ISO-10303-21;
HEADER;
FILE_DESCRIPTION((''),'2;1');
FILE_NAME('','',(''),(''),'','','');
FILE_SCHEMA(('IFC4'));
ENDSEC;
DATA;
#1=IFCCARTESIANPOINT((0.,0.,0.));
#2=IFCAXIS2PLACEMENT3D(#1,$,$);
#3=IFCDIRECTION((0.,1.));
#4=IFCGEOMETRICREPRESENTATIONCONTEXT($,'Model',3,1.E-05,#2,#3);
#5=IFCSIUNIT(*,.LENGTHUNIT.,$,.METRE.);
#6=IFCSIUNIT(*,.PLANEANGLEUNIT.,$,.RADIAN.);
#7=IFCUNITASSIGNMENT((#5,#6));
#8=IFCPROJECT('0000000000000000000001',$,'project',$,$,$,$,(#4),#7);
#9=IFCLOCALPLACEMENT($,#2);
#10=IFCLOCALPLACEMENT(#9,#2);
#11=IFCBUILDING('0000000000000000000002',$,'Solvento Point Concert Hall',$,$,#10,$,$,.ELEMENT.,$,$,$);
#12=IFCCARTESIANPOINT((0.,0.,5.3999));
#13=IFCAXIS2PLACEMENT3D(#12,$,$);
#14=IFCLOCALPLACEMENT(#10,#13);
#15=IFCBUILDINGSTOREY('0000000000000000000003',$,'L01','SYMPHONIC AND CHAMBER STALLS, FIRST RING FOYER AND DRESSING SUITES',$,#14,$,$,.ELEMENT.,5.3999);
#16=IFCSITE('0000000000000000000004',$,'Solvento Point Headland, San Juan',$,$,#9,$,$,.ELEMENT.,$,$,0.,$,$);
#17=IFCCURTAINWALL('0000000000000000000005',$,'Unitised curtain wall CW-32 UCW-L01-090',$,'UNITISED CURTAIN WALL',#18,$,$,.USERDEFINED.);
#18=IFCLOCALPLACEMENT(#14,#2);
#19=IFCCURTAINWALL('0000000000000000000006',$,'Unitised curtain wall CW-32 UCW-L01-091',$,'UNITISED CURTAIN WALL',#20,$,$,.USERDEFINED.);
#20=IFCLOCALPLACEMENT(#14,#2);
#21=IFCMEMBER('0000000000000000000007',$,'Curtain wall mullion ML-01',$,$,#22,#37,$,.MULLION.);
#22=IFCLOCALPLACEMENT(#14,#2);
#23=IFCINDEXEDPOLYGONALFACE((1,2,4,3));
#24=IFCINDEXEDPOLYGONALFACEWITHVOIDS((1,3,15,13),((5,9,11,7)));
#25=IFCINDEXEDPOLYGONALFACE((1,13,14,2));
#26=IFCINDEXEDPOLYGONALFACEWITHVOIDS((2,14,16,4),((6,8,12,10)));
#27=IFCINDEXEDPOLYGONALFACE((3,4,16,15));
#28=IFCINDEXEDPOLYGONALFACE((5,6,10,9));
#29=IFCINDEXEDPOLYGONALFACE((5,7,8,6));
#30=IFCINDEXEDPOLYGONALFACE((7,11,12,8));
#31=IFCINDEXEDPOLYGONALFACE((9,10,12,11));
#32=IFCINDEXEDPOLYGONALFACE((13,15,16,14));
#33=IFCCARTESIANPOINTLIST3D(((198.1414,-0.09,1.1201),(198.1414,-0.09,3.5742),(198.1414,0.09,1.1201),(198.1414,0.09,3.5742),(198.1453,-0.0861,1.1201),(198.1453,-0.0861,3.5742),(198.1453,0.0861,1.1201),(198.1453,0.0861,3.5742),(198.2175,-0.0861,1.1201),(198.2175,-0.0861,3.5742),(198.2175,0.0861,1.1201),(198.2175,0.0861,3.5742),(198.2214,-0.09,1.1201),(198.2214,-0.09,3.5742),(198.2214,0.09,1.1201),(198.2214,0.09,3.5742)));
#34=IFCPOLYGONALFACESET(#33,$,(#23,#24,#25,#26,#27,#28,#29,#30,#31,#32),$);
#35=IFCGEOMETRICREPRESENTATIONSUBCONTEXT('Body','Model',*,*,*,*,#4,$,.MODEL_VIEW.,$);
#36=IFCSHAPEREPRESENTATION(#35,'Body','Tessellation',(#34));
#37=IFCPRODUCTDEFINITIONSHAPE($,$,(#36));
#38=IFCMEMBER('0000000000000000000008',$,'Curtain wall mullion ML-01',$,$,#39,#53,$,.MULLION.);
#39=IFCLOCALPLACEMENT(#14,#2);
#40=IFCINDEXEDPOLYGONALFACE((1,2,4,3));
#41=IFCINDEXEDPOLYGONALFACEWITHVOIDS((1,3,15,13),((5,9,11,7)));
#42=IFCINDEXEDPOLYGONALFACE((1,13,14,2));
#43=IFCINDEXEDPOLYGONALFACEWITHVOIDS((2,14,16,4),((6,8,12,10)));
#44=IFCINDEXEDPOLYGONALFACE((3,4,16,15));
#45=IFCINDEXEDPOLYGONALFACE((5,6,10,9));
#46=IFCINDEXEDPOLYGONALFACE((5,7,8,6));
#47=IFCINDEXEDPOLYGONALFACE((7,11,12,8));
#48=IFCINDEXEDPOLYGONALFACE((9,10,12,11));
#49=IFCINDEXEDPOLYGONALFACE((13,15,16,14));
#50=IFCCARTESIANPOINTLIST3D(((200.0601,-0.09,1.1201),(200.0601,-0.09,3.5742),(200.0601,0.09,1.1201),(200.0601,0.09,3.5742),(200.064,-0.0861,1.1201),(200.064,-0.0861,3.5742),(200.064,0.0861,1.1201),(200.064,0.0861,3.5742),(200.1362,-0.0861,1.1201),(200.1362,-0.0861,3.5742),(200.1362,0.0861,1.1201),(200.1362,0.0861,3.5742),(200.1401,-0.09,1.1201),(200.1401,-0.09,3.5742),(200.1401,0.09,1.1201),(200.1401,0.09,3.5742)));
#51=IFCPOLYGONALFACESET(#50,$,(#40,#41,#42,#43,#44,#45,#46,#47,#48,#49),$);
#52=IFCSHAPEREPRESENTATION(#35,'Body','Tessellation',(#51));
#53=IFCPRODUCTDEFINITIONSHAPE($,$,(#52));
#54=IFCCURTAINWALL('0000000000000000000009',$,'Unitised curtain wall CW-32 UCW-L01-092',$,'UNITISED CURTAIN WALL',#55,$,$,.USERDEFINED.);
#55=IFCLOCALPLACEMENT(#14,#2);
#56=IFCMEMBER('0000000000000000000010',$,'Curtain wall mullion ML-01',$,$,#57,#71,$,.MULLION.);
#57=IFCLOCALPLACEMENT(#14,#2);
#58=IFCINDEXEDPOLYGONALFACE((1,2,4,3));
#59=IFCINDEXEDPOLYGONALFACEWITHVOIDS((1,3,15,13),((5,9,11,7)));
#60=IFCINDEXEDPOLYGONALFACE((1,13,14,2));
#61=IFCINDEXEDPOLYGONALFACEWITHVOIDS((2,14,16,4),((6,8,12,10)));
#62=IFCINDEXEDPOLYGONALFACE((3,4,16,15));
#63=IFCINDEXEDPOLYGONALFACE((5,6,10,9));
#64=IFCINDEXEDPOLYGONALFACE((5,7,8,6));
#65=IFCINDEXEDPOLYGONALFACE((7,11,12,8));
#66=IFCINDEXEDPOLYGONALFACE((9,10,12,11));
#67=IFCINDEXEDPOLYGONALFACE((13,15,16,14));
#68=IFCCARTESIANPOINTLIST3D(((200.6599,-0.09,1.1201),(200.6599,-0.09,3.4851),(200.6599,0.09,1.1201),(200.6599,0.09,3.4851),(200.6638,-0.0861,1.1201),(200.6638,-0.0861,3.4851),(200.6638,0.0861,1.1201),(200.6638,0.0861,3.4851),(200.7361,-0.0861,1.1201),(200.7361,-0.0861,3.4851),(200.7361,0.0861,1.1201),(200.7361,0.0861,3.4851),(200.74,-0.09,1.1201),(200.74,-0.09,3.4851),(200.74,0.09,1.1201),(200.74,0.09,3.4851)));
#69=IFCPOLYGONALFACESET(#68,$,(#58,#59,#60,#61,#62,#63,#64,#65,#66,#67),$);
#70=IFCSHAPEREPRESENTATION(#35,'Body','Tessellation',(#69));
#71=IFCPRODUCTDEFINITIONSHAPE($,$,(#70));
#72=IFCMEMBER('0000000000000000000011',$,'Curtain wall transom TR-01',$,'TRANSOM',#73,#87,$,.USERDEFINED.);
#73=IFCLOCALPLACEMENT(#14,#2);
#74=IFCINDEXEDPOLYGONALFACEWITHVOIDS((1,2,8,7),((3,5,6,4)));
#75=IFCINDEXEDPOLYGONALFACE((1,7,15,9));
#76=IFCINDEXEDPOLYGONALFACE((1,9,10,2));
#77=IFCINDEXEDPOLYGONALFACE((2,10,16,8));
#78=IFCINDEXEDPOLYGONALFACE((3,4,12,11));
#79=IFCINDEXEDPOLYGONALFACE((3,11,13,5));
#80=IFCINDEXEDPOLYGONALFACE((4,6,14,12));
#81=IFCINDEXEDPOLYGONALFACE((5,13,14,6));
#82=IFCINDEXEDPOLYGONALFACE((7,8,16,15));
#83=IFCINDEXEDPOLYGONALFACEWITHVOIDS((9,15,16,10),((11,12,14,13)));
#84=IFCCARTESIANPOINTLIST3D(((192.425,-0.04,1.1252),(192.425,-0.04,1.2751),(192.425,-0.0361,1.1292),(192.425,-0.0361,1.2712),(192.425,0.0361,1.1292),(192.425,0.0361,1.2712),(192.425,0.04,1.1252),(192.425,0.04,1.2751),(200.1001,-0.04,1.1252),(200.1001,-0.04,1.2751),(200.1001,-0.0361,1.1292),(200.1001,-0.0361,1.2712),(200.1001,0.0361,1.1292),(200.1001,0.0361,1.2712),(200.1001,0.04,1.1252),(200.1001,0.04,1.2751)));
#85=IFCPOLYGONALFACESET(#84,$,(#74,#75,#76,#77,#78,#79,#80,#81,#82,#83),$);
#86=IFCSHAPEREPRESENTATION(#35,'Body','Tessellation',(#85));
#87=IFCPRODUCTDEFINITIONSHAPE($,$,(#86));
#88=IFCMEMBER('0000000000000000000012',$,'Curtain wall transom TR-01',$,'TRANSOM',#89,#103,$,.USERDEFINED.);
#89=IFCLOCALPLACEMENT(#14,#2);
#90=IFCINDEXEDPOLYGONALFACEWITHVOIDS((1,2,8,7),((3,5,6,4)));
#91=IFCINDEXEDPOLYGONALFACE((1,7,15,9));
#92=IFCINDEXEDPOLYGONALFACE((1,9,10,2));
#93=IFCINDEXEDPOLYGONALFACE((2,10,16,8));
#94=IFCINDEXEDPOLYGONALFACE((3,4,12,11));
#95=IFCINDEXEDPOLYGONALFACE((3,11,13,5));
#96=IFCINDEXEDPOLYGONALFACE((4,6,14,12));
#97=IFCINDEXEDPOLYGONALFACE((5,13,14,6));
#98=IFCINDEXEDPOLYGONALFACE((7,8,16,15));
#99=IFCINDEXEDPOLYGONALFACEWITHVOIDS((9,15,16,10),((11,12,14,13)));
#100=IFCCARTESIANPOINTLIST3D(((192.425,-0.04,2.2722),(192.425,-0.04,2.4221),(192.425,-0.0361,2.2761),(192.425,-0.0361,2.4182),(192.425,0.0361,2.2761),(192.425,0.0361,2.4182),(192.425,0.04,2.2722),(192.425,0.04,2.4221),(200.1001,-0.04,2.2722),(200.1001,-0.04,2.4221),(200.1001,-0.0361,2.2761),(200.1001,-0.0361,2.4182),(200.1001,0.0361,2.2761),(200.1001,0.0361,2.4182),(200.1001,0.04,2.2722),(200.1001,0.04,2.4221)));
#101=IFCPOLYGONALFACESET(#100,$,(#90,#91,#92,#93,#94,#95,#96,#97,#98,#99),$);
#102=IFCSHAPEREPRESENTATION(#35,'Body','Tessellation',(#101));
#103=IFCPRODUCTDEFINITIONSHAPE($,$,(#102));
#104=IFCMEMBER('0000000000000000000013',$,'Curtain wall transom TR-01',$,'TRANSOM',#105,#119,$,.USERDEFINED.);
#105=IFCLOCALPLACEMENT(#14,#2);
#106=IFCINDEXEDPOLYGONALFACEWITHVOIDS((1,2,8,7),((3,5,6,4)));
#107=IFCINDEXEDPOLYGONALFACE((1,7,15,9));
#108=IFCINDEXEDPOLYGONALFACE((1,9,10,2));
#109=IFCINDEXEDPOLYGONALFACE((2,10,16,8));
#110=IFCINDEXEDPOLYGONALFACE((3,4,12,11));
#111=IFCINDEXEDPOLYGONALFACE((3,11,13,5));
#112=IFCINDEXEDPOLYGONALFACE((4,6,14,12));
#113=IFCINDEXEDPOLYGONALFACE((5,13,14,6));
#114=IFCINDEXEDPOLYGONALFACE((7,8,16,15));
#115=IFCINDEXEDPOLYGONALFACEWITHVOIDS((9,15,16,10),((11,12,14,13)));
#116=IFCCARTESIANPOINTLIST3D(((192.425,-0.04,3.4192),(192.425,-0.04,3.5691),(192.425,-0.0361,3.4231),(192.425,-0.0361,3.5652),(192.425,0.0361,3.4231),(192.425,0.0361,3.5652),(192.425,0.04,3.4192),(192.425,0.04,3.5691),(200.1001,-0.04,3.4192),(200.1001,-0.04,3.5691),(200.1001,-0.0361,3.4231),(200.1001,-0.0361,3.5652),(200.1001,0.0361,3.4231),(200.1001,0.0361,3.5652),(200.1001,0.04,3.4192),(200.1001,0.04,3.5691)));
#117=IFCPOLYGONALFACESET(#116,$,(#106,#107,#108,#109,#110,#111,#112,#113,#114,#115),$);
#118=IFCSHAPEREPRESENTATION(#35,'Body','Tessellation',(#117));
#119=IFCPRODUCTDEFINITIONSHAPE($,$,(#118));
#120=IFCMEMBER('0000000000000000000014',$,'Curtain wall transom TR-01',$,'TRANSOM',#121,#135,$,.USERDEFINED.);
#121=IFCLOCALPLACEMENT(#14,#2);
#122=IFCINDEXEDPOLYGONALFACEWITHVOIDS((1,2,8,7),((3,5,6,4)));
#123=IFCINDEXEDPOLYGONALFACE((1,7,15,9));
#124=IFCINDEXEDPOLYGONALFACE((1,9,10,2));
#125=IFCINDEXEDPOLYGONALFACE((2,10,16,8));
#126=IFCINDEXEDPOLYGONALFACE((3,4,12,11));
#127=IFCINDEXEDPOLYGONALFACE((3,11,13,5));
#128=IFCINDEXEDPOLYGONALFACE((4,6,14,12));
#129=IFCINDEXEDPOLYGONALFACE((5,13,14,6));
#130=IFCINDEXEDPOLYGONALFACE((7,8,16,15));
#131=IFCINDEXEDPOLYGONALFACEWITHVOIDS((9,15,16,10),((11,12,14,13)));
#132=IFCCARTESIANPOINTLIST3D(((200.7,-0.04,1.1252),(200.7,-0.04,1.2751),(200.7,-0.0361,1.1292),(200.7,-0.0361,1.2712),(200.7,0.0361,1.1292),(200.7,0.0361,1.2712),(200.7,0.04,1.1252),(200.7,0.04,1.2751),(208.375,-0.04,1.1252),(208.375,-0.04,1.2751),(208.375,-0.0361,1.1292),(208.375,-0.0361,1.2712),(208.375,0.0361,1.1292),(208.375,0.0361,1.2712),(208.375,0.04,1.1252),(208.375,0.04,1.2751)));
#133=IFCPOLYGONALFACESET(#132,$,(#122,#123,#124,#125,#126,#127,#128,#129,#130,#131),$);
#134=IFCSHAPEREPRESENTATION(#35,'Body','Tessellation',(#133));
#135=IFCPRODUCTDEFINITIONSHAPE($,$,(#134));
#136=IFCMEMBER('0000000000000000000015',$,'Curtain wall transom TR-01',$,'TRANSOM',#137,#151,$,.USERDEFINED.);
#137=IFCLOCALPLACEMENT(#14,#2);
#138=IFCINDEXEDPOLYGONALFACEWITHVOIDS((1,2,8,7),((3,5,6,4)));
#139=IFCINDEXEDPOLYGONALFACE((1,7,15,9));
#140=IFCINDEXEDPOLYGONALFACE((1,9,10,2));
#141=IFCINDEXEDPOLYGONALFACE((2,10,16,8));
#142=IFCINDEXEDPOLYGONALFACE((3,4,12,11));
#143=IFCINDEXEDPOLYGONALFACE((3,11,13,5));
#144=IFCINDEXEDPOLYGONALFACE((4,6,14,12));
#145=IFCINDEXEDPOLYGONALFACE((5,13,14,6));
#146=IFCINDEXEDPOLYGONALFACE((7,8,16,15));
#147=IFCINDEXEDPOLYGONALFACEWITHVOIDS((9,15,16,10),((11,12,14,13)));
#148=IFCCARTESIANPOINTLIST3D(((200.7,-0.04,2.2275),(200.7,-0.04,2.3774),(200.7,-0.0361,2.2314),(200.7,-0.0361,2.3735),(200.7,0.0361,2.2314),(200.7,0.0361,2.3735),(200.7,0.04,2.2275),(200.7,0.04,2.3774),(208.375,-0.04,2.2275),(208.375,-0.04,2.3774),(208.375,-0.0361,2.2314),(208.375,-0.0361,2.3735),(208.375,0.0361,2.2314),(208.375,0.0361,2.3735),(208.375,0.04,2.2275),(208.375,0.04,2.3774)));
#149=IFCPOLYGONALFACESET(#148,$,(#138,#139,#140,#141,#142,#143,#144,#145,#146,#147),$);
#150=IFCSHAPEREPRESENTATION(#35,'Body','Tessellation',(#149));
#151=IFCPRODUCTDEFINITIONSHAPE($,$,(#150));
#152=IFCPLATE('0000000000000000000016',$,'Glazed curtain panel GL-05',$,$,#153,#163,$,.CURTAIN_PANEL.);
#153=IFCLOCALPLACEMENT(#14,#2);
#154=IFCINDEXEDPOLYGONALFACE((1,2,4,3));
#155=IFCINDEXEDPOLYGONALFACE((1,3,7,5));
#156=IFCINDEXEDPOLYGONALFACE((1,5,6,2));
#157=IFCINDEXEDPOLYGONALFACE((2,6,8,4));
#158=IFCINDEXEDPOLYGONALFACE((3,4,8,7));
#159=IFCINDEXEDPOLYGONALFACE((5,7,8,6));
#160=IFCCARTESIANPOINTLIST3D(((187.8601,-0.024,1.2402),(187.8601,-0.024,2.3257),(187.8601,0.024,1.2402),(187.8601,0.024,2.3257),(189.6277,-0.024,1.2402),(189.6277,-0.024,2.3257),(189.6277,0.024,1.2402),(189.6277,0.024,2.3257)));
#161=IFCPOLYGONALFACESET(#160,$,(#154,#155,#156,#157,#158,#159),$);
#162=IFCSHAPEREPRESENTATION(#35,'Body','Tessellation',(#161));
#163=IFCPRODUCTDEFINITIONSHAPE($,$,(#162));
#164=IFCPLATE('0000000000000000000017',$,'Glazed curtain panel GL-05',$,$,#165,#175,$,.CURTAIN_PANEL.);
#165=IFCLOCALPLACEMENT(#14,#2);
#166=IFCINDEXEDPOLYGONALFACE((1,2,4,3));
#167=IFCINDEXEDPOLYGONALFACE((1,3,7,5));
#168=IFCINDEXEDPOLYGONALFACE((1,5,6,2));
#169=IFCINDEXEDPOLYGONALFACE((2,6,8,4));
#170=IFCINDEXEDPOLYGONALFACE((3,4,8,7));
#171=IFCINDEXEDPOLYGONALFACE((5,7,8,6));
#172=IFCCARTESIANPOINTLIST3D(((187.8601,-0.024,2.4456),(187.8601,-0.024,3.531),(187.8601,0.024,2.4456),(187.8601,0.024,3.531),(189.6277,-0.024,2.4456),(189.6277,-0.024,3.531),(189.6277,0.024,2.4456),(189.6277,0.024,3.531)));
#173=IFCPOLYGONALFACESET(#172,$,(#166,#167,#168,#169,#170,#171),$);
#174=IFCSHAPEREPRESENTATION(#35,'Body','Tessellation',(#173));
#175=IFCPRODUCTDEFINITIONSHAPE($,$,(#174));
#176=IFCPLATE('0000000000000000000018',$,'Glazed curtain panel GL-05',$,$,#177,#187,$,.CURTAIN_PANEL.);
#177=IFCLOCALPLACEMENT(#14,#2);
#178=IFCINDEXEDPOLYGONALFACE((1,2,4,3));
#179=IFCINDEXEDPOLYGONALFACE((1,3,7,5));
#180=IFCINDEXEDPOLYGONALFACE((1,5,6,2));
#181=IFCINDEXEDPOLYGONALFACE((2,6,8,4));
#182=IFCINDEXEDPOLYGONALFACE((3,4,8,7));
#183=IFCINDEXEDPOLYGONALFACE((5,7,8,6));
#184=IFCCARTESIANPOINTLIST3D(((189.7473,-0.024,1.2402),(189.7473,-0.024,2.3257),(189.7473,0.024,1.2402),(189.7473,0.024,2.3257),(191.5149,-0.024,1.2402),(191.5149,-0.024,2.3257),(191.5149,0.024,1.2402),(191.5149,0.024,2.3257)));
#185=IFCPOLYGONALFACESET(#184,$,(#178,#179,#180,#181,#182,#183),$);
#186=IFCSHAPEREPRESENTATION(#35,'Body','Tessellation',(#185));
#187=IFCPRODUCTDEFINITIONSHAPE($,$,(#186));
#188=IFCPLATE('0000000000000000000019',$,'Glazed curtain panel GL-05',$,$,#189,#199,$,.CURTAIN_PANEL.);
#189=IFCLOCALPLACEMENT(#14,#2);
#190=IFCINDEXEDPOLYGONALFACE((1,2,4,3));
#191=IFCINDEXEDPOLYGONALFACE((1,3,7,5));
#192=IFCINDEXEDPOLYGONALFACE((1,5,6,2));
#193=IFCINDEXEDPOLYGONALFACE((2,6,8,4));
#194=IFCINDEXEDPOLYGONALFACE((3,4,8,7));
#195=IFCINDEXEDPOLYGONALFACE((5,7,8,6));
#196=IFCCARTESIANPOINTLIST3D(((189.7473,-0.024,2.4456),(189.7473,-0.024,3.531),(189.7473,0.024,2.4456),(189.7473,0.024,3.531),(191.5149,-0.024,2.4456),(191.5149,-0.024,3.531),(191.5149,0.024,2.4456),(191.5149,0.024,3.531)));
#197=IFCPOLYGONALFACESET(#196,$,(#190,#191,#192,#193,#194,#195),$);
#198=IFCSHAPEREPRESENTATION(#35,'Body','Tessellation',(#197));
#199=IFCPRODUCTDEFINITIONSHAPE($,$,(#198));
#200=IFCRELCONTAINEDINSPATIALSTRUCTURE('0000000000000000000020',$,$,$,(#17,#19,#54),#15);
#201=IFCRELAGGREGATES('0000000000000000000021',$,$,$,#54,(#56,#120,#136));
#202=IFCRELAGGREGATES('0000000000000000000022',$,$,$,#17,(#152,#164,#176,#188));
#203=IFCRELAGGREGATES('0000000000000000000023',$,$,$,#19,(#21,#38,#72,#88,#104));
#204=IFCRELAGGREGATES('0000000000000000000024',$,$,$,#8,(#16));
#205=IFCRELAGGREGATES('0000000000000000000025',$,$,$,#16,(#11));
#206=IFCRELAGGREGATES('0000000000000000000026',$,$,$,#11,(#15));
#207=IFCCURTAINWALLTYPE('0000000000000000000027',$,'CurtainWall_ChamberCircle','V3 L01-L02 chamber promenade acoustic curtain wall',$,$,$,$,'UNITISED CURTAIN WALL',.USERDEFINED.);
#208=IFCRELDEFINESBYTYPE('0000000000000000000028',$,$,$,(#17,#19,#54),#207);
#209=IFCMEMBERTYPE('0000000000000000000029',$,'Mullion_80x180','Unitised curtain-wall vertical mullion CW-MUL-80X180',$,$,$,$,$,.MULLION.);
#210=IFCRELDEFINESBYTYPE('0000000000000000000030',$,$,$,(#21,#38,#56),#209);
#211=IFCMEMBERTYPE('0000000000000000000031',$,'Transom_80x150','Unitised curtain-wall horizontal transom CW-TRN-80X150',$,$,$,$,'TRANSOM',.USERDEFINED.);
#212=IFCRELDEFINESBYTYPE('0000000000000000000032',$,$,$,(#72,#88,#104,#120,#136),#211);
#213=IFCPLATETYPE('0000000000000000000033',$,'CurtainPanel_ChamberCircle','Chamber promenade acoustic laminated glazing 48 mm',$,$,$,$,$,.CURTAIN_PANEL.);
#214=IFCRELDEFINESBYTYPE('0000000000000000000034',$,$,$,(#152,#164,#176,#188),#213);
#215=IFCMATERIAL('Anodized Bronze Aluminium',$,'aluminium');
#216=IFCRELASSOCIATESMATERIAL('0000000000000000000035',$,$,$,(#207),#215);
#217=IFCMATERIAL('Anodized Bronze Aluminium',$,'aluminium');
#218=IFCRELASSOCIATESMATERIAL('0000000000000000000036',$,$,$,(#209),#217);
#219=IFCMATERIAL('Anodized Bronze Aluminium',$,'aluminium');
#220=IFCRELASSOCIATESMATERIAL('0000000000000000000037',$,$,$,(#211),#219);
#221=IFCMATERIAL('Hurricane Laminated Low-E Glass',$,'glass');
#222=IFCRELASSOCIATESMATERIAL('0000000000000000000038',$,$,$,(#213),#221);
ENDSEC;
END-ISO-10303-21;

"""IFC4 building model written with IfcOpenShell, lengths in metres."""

from ifc_helpers import new_model, si_unit, direction, frame, origin, origin_2d, place, context, subcontext, project, spatial, rectangle, hollow_rectangle, extrude, material, material_profile, profile_set, type_object, element, aggregate, save


model = new_model("IFC4")

# Units and contexts
model_context = context("Model", 3, precision=1e-05, world=origin(), true_north=direction((0.0, 1.0)))
body_context = subcontext(model_context, "Body", "Model", "MODEL_VIEW")
ifc_project = project(units=[si_unit("LENGTHUNIT", "METRE"), si_unit("PLANEANGLEUNIT", "RADIAN")], contexts=[model_context])

# Site, building, storey
site_placement = place(None, origin())
site = spatial("IfcSite", under=ifc_project, at=site_placement, Name="Solvento Point Headland, San Juan", CompositionType="ELEMENT", RefElevation=0.0)
building_placement = place(site_placement, origin())
building = spatial("IfcBuilding", under=site, at=building_placement, Name="Solvento Point Concert Hall", CompositionType="ELEMENT")
storey_placement = place(building_placement, frame((0.0, 0.0, 5.3999)))
storey = spatial("IfcBuildingStorey", under=building, at=storey_placement, Name="L01", Description="SYMPHONIC AND CHAMBER STALLS, FIRST RING FOYER AND DRESSING SUITES", CompositionType="ELEMENT", Elevation=5.3999)

# Curtain walls, members
ifc_material_1 = material(Name="Anodized Bronze Aluminium", Category="aluminium")
curtain_wall_type = type_object("IfcCurtainWallType", Name="CurtainWall_ChamberCircle", Description="V3 L01-L02 chamber promenade acoustic curtain wall", ElementType="UNITISED CURTAIN WALL", PredefinedType="USERDEFINED", material=ifc_material_1)
curtain_wall_1_placement = place(storey_placement, origin())
curtain_wall_1 = element("IfcCurtainWall", 1, at=curtain_wall_1_placement, inside=storey, type_object=curtain_wall_type, Name="Unitised curtain wall CW-32 UCW-L01-090", ObjectType="UNITISED CURTAIN WALL", PredefinedType="USERDEFINED")
ifc_material_2 = material(Name="Anodized Bronze Aluminium", Category="aluminium")
ifc_material_profile_1 = material_profile(ifc_material_2, hollow_rectangle(XDim=0.0801, YDim=0.1799, WallThickness=0.0039, at=origin_2d()), Name="CW-MUL-80X180")
ifc_profile_set_1 = profile_set([ifc_material_profile_1], Name="Anodized Bronze Aluminium")
member_type_1 = type_object("IfcMemberType", Name="Mullion_80x180", Description="Unitised curtain-wall vertical mullion CW-MUL-80X180", PredefinedType="MULLION", material=ifc_profile_set_1)
curtain_wall_2_placement = place(storey_placement, origin())
curtain_wall_2 = element("IfcCurtainWall", 2, at=curtain_wall_2_placement, inside=storey, type_object=curtain_wall_type, Name="Unitised curtain wall CW-32 UCW-L01-091", ObjectType="UNITISED CURTAIN WALL", PredefinedType="USERDEFINED")
member_1_placement = place(storey_placement, frame((198.1814, 0.0, 1.1201), z_axis=(0.0, 0.0, 1.0), x_axis=(1.0, 0.0, 0.0)))
member_1 = element("IfcMember", 3, at=member_1_placement, type_object=member_type_1, Name="Curtain wall mullion ML-01", PredefinedType="MULLION", context=body_context, shape_type="SweptSolid", body=[
    extrude(hollow_rectangle(XDim=0.0801, YDim=0.1799, WallThickness=0.0039, at=origin_2d()), origin(), (0.0, 0.0, 1.0), 2.4541),
])
member_2_placement = place(storey_placement, frame((200.1001, 0.0, 1.1201), z_axis=(0.0, 0.0, 1.0), x_axis=(1.0, 0.0, 0.0)))
member_2 = element("IfcMember", 4, at=member_2_placement, type_object=member_type_1, Name="Curtain wall mullion ML-01", PredefinedType="MULLION", context=body_context, shape_type="SweptSolid", body=[
    extrude(hollow_rectangle(XDim=0.0801, YDim=0.1799, WallThickness=0.0039, at=origin_2d()), origin(), (0.0, 0.0, 1.0), 2.4541),
])

# Curtain wall, member
curtain_wall_3_placement = place(storey_placement, origin())
curtain_wall_3 = element("IfcCurtainWall", 5, at=curtain_wall_3_placement, inside=storey, type_object=curtain_wall_type, Name="Unitised curtain wall CW-32 UCW-L01-092", ObjectType="UNITISED CURTAIN WALL", PredefinedType="USERDEFINED")
member_3_placement = place(storey_placement, frame((200.7, 0.0, 1.1201), z_axis=(0.0, 0.0, 1.0), x_axis=(1.0, 0.0, 0.0)))
member_3 = element("IfcMember", 6, at=member_3_placement, type_object=member_type_1, Name="Curtain wall mullion ML-01", PredefinedType="MULLION", context=body_context, shape_type="SweptSolid", body=[
    extrude(hollow_rectangle(XDim=0.0801, YDim=0.1799, WallThickness=0.0039, at=origin_2d()), origin(), (0.0, 0.0, 1.0), 2.365),
])

# Members
ifc_material_3 = material(Name="Anodized Bronze Aluminium", Category="aluminium")
ifc_material_profile_2 = material_profile(ifc_material_3, hollow_rectangle(XDim=0.0801, YDim=0.1499, WallThickness=0.0039, at=origin_2d()), Name="CW-TRN-80X150")
ifc_profile_set_2 = profile_set([ifc_material_profile_2], Name="Anodized Bronze Aluminium")
member_type_2 = type_object("IfcMemberType", Name="Transom_80x150", Description="Unitised curtain-wall horizontal transom CW-TRN-80X150", ElementType="TRANSOM", PredefinedType="USERDEFINED", material=ifc_profile_set_2)
member_4_placement = place(storey_placement, frame((192.425, 0.0, 1.2002), z_axis=(1.0, 0.0, 0.0), x_axis=(0.0, 1.0, 0.0)))
member_4 = element("IfcMember", 7, at=member_4_placement, type_object=member_type_2, Name="Curtain wall transom TR-01", ObjectType="TRANSOM", PredefinedType="USERDEFINED", context=body_context, shape_type="SweptSolid", body=[
    extrude(hollow_rectangle(XDim=0.0801, YDim=0.1499, WallThickness=0.0039, at=origin_2d()), origin(), (0.0, 0.0, 1.0), 7.675),
])
member_5_placement = place(storey_placement, frame((192.425, 0.0, 2.3472), z_axis=(1.0, 0.0, 0.0), x_axis=(0.0, 1.0, 0.0)))
member_5 = element("IfcMember", 8, at=member_5_placement, type_object=member_type_2, Name="Curtain wall transom TR-01", ObjectType="TRANSOM", PredefinedType="USERDEFINED", context=body_context, shape_type="SweptSolid", body=[
    extrude(hollow_rectangle(XDim=0.0801, YDim=0.1499, WallThickness=0.0039, at=origin_2d()), origin(), (0.0, 0.0, 1.0), 7.675),
])
member_6_placement = place(storey_placement, frame((192.425, 0.0, 3.4941), z_axis=(1.0, 0.0, 0.0), x_axis=(0.0, 1.0, 0.0)))
member_6 = element("IfcMember", 9, at=member_6_placement, type_object=member_type_2, Name="Curtain wall transom TR-01", ObjectType="TRANSOM", PredefinedType="USERDEFINED", context=body_context, shape_type="SweptSolid", body=[
    extrude(hollow_rectangle(XDim=0.0801, YDim=0.1499, WallThickness=0.0039, at=origin_2d()), origin(), (0.0, 0.0, 1.0), 7.675),
])
member_7_placement = place(storey_placement, frame((200.7, 0.0, 1.2002), z_axis=(1.0, 0.0, 0.0), x_axis=(0.0, 1.0, 0.0)))
member_7 = element("IfcMember", 10, at=member_7_placement, type_object=member_type_2, Name="Curtain wall transom TR-01", ObjectType="TRANSOM", PredefinedType="USERDEFINED", context=body_context, shape_type="SweptSolid", body=[
    extrude(hollow_rectangle(XDim=0.0801, YDim=0.1499, WallThickness=0.0039, at=origin_2d()), origin(), (0.0, 0.0, 1.0), 7.675),
])
member_8_placement = place(storey_placement, frame((200.7, 0.0, 2.3025), z_axis=(1.0, 0.0, 0.0), x_axis=(0.0, 1.0, 0.0)))
member_8 = element("IfcMember", 11, at=member_8_placement, type_object=member_type_2, Name="Curtain wall transom TR-01", ObjectType="TRANSOM", PredefinedType="USERDEFINED", context=body_context, shape_type="SweptSolid", body=[
    extrude(hollow_rectangle(XDim=0.0801, YDim=0.1499, WallThickness=0.0039, at=origin_2d()), origin(), (0.0, 0.0, 1.0), 7.675),
])
aggregate(curtain_wall_3, [member_3, member_7, member_8])

# Plates
ifc_material_4 = material(Name="Hurricane Laminated Low-E Glass", Category="glass")
plate_type = type_object("IfcPlateType", Name="CurtainPanel_ChamberCircle", Description="Chamber promenade acoustic laminated glazing 48 mm", PredefinedType="CURTAIN_PANEL", material=ifc_material_4)
plate_1_placement = place(storey_placement, frame((188.7439, 0.0, 1.2402), z_axis=(0.0, 0.0, 1.0), x_axis=(1.0, 0.0, 0.0)))
plate_1 = element("IfcPlate", 12, at=plate_1_placement, type_object=plate_type, Name="Glazed curtain panel GL-05", PredefinedType="CURTAIN_PANEL", context=body_context, shape_type="SweptSolid", body=[
    extrude(rectangle(XDim=1.7676, YDim=0.0481, at=origin_2d()), origin(), (0.0, 0.0, 1.0), 1.0854),
])
plate_2_placement = place(storey_placement, frame((188.7439, 0.0, 2.4456), z_axis=(0.0, 0.0, 1.0), x_axis=(1.0, 0.0, 0.0)))
plate_2 = element("IfcPlate", 13, at=plate_2_placement, type_object=plate_type, Name="Glazed curtain panel GL-05", PredefinedType="CURTAIN_PANEL", context=body_context, shape_type="SweptSolid", body=[
    extrude(rectangle(XDim=1.7676, YDim=0.0481, at=origin_2d()), origin(), (0.0, 0.0, 1.0), 1.0854),
])
plate_3_placement = place(storey_placement, frame((190.6311, 0.0, 1.2402), z_axis=(0.0, 0.0, 1.0), x_axis=(1.0, 0.0, 0.0)))
plate_3 = element("IfcPlate", 14, at=plate_3_placement, type_object=plate_type, Name="Glazed curtain panel GL-05", PredefinedType="CURTAIN_PANEL", context=body_context, shape_type="SweptSolid", body=[
    extrude(rectangle(XDim=1.7676, YDim=0.0481, at=origin_2d()), origin(), (0.0, 0.0, 1.0), 1.0854),
])
plate_4_placement = place(storey_placement, frame((190.6311, 0.0, 2.4456), z_axis=(0.0, 0.0, 1.0), x_axis=(1.0, 0.0, 0.0)))
plate_4 = element("IfcPlate", 15, at=plate_4_placement, type_object=plate_type, Name="Glazed curtain panel GL-05", PredefinedType="CURTAIN_PANEL", context=body_context, shape_type="SweptSolid", body=[
    extrude(rectangle(XDim=1.7676, YDim=0.0481, at=origin_2d()), origin(), (0.0, 0.0, 1.0), 1.0854),
])
aggregate(curtain_wall_1, [plate_1, plate_2, plate_3, plate_4])
aggregate(curtain_wall_2, [member_1, member_2, member_4, member_5, member_6])

save(model, "model.ifc")
